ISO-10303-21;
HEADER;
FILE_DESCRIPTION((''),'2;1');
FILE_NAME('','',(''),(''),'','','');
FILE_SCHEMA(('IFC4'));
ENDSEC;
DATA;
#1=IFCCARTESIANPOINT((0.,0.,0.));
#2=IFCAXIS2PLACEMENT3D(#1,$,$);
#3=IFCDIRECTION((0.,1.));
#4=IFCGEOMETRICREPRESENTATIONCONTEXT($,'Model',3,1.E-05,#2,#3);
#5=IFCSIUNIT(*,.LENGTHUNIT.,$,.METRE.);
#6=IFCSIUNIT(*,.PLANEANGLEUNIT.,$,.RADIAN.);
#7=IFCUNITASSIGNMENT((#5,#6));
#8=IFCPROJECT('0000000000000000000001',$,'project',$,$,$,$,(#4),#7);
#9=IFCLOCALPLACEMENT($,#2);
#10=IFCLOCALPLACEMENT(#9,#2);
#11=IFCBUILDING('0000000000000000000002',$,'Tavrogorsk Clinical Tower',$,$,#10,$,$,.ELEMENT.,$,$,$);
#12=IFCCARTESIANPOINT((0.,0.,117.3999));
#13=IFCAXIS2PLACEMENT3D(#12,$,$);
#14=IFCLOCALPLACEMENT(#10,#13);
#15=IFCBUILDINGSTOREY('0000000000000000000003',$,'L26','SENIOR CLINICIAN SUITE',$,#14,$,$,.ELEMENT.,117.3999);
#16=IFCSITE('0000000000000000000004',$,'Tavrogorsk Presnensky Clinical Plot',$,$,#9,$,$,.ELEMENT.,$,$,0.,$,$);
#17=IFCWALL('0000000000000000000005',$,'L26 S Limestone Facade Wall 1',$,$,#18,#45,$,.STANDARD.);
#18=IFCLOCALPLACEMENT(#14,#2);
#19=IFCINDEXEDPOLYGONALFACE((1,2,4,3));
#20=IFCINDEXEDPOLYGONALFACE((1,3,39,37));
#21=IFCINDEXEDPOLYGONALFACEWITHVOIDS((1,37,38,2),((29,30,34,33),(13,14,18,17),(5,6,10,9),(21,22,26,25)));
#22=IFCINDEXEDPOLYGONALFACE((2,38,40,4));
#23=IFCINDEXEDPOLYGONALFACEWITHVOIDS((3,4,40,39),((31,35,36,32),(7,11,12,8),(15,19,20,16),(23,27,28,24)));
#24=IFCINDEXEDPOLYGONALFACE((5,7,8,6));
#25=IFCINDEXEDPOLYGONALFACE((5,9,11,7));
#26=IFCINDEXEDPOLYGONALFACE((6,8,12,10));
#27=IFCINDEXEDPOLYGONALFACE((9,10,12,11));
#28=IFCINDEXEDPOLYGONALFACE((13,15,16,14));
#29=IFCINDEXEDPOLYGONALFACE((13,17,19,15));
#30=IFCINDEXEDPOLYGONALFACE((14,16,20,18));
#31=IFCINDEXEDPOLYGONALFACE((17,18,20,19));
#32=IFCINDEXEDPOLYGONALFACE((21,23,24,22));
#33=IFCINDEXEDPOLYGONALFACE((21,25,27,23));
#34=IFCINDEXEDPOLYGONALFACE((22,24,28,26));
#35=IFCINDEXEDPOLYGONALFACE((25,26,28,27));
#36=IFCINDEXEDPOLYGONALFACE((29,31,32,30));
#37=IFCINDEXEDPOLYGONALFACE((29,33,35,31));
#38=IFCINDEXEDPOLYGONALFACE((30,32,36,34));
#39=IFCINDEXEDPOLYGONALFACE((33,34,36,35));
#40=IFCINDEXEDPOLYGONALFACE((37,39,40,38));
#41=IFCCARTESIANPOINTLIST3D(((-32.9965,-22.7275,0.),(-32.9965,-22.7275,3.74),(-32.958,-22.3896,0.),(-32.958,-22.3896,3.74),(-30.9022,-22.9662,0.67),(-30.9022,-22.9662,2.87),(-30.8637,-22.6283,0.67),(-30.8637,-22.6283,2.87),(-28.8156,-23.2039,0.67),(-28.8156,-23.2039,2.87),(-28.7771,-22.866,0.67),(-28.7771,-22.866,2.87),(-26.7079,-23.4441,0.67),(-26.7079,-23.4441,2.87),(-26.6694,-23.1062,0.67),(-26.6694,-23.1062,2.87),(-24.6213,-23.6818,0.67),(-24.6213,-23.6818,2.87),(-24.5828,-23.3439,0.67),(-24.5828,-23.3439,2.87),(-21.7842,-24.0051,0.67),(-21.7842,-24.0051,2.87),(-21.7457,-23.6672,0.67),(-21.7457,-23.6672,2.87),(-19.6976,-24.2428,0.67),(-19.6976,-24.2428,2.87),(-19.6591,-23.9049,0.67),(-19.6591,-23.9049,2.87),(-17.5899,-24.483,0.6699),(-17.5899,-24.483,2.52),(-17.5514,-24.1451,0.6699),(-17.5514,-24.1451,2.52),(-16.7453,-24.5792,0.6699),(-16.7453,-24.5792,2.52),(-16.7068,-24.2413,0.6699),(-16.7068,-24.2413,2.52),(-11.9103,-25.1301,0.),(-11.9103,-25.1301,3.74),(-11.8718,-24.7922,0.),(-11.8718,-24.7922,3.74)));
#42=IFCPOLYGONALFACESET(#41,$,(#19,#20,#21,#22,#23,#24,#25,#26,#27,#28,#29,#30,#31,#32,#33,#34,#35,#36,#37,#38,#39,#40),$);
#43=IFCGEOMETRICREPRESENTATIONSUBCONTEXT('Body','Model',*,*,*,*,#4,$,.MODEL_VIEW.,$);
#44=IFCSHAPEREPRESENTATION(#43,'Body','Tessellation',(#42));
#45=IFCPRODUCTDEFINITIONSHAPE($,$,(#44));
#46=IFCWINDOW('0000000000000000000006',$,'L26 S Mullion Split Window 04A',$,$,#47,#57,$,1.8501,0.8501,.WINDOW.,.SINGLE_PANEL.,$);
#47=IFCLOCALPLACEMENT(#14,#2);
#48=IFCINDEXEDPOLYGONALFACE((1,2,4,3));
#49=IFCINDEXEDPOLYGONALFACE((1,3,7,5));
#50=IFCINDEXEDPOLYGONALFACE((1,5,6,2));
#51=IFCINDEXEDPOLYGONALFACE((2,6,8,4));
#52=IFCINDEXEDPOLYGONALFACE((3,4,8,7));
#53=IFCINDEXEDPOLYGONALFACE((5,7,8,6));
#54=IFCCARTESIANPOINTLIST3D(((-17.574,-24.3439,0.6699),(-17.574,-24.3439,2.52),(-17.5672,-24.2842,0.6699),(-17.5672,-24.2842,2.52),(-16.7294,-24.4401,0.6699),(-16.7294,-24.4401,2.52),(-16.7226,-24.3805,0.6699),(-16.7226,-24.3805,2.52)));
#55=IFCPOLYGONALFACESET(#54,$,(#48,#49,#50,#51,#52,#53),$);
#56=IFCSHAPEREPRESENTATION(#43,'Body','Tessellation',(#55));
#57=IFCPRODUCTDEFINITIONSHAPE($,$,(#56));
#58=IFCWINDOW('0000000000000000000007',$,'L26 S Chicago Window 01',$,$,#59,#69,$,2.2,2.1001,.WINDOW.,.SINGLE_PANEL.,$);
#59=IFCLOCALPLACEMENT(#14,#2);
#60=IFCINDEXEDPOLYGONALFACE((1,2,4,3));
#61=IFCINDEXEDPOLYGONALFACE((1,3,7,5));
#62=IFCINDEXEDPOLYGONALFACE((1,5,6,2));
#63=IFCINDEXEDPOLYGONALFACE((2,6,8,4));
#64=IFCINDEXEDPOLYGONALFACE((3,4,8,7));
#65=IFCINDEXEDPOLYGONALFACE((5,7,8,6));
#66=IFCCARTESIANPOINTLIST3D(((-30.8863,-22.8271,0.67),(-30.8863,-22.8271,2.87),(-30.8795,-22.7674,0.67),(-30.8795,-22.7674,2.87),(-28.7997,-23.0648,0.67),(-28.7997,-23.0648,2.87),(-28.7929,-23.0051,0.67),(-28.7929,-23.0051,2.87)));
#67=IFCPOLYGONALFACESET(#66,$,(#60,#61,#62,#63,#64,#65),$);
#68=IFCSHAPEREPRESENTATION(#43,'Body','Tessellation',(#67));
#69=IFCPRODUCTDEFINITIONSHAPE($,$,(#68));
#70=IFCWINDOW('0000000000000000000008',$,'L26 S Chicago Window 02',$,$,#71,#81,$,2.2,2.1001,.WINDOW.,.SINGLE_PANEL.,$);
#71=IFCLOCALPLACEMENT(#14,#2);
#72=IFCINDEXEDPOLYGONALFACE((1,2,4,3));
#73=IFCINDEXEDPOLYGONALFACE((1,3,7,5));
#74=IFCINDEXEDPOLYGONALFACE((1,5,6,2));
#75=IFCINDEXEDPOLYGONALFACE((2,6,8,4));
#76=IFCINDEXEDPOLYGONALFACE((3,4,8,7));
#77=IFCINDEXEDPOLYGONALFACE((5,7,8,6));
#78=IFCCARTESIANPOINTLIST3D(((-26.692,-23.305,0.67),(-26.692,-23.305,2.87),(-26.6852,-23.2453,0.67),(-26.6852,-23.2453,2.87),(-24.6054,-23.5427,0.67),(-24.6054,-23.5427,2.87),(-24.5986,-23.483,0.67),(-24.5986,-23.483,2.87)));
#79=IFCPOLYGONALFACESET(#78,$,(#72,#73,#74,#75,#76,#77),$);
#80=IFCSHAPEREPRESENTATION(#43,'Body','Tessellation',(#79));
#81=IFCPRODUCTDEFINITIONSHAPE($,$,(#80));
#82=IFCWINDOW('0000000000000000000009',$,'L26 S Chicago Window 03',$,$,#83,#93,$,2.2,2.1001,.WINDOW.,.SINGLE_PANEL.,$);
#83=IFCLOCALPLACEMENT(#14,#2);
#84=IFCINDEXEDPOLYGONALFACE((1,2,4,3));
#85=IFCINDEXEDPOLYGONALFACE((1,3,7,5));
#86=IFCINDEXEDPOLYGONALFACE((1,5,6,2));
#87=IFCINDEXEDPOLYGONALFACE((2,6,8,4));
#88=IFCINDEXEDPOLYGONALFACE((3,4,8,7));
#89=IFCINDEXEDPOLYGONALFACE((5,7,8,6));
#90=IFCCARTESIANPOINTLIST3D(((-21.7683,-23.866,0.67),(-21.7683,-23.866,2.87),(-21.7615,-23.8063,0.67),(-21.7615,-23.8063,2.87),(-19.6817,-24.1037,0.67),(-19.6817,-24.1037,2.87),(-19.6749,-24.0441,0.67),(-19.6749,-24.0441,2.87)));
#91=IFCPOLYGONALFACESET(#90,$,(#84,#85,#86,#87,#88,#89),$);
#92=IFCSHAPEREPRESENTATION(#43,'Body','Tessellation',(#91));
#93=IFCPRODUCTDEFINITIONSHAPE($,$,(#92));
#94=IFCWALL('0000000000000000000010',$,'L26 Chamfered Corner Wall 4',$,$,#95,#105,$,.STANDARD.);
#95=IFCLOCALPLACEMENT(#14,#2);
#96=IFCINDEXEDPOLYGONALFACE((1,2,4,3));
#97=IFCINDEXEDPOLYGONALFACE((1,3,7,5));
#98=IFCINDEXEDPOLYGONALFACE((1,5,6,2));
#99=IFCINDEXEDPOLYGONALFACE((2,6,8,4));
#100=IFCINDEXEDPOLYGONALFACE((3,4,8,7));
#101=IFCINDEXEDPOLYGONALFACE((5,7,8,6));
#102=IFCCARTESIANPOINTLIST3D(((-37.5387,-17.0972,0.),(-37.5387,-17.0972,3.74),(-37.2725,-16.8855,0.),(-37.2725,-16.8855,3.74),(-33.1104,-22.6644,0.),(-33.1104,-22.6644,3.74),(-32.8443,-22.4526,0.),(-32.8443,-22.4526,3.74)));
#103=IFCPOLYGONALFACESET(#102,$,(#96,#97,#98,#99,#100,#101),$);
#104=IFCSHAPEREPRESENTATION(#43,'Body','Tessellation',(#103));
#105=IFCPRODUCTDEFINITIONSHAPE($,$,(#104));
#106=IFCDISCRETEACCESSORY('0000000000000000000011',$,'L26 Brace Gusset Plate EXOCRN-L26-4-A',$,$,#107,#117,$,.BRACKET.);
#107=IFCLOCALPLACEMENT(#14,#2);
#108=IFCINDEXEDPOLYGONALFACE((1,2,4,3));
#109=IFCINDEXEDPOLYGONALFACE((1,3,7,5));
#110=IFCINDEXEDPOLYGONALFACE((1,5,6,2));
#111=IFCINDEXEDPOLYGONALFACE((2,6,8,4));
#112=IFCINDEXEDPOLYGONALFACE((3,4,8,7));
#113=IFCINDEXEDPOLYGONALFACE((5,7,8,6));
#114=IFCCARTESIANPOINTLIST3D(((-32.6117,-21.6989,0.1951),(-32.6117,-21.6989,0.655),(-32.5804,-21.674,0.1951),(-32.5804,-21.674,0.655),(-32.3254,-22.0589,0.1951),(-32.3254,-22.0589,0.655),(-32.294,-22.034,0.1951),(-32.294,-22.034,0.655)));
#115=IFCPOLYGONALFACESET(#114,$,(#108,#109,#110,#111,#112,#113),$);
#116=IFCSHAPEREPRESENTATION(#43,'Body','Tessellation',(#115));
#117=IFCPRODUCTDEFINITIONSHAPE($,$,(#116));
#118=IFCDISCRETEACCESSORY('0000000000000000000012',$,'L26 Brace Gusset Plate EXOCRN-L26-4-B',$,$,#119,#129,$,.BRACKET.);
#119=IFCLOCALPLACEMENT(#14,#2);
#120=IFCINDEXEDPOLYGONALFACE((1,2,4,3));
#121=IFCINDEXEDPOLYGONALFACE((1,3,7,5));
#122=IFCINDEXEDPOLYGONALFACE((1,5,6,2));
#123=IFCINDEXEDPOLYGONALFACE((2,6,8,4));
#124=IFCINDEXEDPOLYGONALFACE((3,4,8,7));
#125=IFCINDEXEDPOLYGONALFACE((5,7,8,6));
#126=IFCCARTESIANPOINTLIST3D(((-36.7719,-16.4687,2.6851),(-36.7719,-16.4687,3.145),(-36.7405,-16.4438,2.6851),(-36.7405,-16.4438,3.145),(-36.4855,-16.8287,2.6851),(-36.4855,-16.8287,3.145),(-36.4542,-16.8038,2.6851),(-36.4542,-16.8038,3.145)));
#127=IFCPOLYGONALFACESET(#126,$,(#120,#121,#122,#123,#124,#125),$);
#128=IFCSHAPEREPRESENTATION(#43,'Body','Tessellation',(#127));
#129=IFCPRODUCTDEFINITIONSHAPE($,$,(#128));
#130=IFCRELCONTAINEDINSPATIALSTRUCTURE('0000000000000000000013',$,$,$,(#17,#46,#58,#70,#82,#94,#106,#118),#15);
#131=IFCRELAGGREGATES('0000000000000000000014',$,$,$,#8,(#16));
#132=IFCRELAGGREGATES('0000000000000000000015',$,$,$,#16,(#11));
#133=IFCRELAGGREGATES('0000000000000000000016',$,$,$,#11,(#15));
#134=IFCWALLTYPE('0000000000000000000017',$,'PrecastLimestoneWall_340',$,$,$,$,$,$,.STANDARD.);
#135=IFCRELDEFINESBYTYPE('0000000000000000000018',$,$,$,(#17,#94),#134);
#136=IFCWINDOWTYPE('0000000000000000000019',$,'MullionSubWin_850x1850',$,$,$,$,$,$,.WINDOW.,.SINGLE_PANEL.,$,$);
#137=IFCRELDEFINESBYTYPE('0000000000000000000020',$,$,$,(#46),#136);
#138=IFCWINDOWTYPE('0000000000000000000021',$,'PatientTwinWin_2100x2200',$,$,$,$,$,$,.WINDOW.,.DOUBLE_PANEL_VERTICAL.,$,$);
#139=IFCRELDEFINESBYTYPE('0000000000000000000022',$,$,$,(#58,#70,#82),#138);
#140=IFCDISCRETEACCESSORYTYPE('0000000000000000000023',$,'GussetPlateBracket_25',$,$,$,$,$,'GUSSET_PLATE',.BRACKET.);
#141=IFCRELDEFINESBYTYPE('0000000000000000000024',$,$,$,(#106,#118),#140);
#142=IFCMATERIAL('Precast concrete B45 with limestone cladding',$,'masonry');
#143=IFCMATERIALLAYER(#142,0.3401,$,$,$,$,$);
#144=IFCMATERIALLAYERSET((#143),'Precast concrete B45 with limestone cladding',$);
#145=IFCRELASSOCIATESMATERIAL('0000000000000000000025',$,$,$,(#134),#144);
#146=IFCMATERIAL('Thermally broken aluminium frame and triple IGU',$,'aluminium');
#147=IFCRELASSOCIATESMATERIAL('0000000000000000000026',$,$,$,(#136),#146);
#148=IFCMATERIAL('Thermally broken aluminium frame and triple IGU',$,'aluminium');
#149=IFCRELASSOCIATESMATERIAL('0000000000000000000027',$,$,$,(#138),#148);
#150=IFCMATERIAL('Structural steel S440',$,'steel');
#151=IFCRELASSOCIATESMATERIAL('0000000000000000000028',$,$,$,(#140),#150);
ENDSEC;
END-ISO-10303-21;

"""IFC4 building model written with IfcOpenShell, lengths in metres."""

from ifc_helpers import new_model, si_unit, direction, frame, frame_2d, origin, origin_2d, place, context, subcontext, project, spatial, rectangle, extrude, material, layer, layer_set, type_object, element, fill, save


model = new_model("IFC4")

# Units and contexts
model_context = context("Model", 3, precision=1e-05, world=origin(), true_north=direction((0.0, 1.0)))
body_context = subcontext(model_context, "Body", "Model", "MODEL_VIEW")
ifc_project = project(units=[si_unit("LENGTHUNIT", "METRE"), si_unit("PLANEANGLEUNIT", "RADIAN")], contexts=[model_context])

# Site, building, storey
site_placement = place(None, origin())
site = spatial("IfcSite", under=ifc_project, at=site_placement, Name="Tavrogorsk Presnensky Clinical Plot", CompositionType="ELEMENT", RefElevation=0.0)
building_placement = place(site_placement, origin())
building = spatial("IfcBuilding", under=site, at=building_placement, Name="Tavrogorsk Clinical Tower", CompositionType="ELEMENT")
storey_placement = place(building_placement, frame((0.0, 0.0, 117.3999)))
storey = spatial("IfcBuildingStorey", under=building, at=storey_placement, Name="L26", Description="SENIOR CLINICIAN SUITE", CompositionType="ELEMENT", Elevation=117.3999)

# Wall, openings, windows
ifc_material_1 = material(Name="Precast concrete B45 with limestone cladding", Category="masonry")
ifc_layer_1 = layer(ifc_material_1, 0.3401)
ifc_layer_set_1 = layer_set([ifc_layer_1], Name="Precast concrete B45 with limestone cladding")
wall_type_1 = type_object("IfcWallType", Name="PrecastLimestoneWall_340", PredefinedType="STANDARD", material=ifc_layer_set_1)
wall_1_placement = place(storey_placement, frame((-32.9773, -22.5586, 0.0), z_axis=(0.0, 0.0, 1.0), x_axis=(0.993571, -0.113209, 0.0)))
wall_1 = element("IfcWall", 1, at=wall_1_placement, inside=storey, type_object=wall_type_1, Name="L26 S Limestone Facade Wall 1", PredefinedType="STANDARD", context=body_context, shape_type="SweptSolid", body=[
    extrude(rectangle(XDim=21.2227, YDim=0.3401, at=frame_2d((10.6113, 0.0))), origin(), (0.0, 0.0, 1.0), 3.74),
])
opening_1_placement = place(wall_1_placement, frame((2.1079, 0.0, 0.6699)))
opening_1 = element("IfcOpeningElement", 2, at=opening_1_placement, cuts=wall_1, PredefinedType="OPENING", context=body_context, shape_type="SweptSolid", body=[
    extrude(rectangle(XDim=2.1001, YDim=2.2, at=frame_2d((1.05, 1.1001))), frame((0.0, 0.1799, 0.0), z_axis=(0.0, -1.0, 0.0), x_axis=(1.0, 0.0, 0.0)), (0.0, 0.0, 1.0), 0.3601),
])
opening_2_placement = place(wall_1_placement, frame((6.3293, 0.0, 0.6699)))
opening_2 = element("IfcOpeningElement", 3, at=opening_2_placement, cuts=wall_1, PredefinedType="OPENING", context=body_context, shape_type="SweptSolid", body=[
    extrude(rectangle(XDim=2.1001, YDim=2.2, at=frame_2d((1.05, 1.1001))), frame((0.0, 0.1799, 0.0), z_axis=(0.0, -1.0, 0.0), x_axis=(1.0, 0.0, 0.0)), (0.0, 0.0, 1.0), 0.3601),
])
opening_3_placement = place(wall_1_placement, frame((11.2849, 0.0, 0.6699)))
opening_3 = element("IfcOpeningElement", 4, at=opening_3_placement, cuts=wall_1, PredefinedType="OPENING", context=body_context, shape_type="SweptSolid", body=[
    extrude(rectangle(XDim=2.1001, YDim=2.2, at=frame_2d((1.05, 1.1001))), frame((0.0, 0.1799, 0.0), z_axis=(0.0, -1.0, 0.0), x_axis=(1.0, 0.0, 0.0)), (0.0, 0.0, 1.0), 0.3601),
])
opening_4_placement = place(wall_1_placement, frame((15.5063, 0.0, 0.6699)))
opening_4 = element("IfcOpeningElement", 5, at=opening_4_placement, cuts=wall_1, PredefinedType="OPENING", context=body_context, shape_type="SweptSolid", body=[
    extrude(rectangle(XDim=0.8501, YDim=1.8501, at=frame_2d((0.425, 0.925))), frame((0.0, 0.1799, 0.0), z_axis=(0.0, -1.0, 0.0), x_axis=(1.0, 0.0, 0.0)), (0.0, 0.0, 1.0), 0.3601),
])
ifc_material_2 = material(Name="Thermally broken aluminium frame and triple IGU", Category="aluminium")
window_type_1 = type_object("IfcWindowType", Name="MullionSubWin_850x1850", PartitioningType="SINGLE_PANEL", PredefinedType="WINDOW", material=ifc_material_2)
window_1_placement = place(opening_4_placement, origin())
window_1 = element("IfcWindow", 6, at=window_1_placement, inside=storey, type_object=window_type_1, Name="L26 S Mullion Split Window 04A", OverallHeight=1.8501, OverallWidth=0.8501, PartitioningType="SINGLE_PANEL", PredefinedType="WINDOW", context=body_context, shape_type="SweptSolid", body=[
    extrude(rectangle(XDim=0.8501, YDim=1.8501, at=frame_2d((0.425, 0.925))), frame((0.0, 0.03, 0.0), z_axis=(0.0, -1.0, 0.0), x_axis=(1.0, 0.0, 0.0)), (0.0, 0.0, 1.0), 0.0601),
])
fill(opening_4, window_1)
ifc_material_3 = material(Name="Thermally broken aluminium frame and triple IGU", Category="aluminium")
window_type_2 = type_object("IfcWindowType", Name="PatientTwinWin_2100x2200", PartitioningType="DOUBLE_PANEL_VERTICAL", PredefinedType="WINDOW", material=ifc_material_3)
window_2_placement = place(opening_1_placement, origin())
window_2 = element("IfcWindow", 7, at=window_2_placement, inside=storey, type_object=window_type_2, Name="L26 S Chicago Window 01", OverallHeight=2.2, OverallWidth=2.1001, PartitioningType="SINGLE_PANEL", PredefinedType="WINDOW", context=body_context, shape_type="SweptSolid", body=[
    extrude(rectangle(XDim=2.1001, YDim=2.2, at=frame_2d((1.05, 1.1001))), frame((0.0, 0.03, 0.0), z_axis=(0.0, -1.0, 0.0), x_axis=(1.0, 0.0, 0.0)), (0.0, 0.0, 1.0), 0.0601),
])
fill(opening_1, window_2)
window_3_placement = place(opening_2_placement, origin())
window_3 = element("IfcWindow", 8, at=window_3_placement, inside=storey, type_object=window_type_2, Name="L26 S Chicago Window 02", OverallHeight=2.2, OverallWidth=2.1001, PartitioningType="SINGLE_PANEL", PredefinedType="WINDOW", context=body_context, shape_type="SweptSolid", body=[
    extrude(rectangle(XDim=2.1001, YDim=2.2, at=frame_2d((1.05, 1.1001))), frame((0.0, 0.03, 0.0), z_axis=(0.0, -1.0, 0.0), x_axis=(1.0, 0.0, 0.0)), (0.0, 0.0, 1.0), 0.0601),
])
fill(opening_2, window_3)
window_4_placement = place(opening_3_placement, origin())
window_4 = element("IfcWindow", 9, at=window_4_placement, inside=storey, type_object=window_type_2, Name="L26 S Chicago Window 03", OverallHeight=2.2, OverallWidth=2.1001, PartitioningType="SINGLE_PANEL", PredefinedType="WINDOW", context=body_context, shape_type="SweptSolid", body=[
    extrude(rectangle(XDim=2.1001, YDim=2.2, at=frame_2d((1.05, 1.1001))), frame((0.0, 0.03, 0.0), z_axis=(0.0, -1.0, 0.0), x_axis=(1.0, 0.0, 0.0)), (0.0, 0.0, 1.0), 0.0601),
])
fill(opening_3, window_4)

# Wall
wall_2_placement = place(storey_placement, frame((-37.4055, -16.9915, 0.0), z_axis=(0.0, 0.0, 1.0), x_axis=(0.622508, -0.782614, 0.0)))
element("IfcWall", 10, at=wall_2_placement, inside=storey, type_object=wall_type_1, Name="L26 Chamfered Corner Wall 4", PredefinedType="STANDARD", context=body_context, shape_type="SweptSolid", body=[
    extrude(rectangle(XDim=7.1135, YDim=0.3401, at=frame_2d((3.5566, 0.0))), origin(), (0.0, 0.0, 1.0), 3.74),
])

# Discrete accessories
ifc_material_4 = material(Name="Structural steel S440", Category="steel")
discrete_accessory_type = type_object("IfcDiscreteAccessoryType", Name="GussetPlateBracket_25", ElementType="GUSSET_PLATE", PredefinedType="BRACKET", material=ifc_material_4)
for number, where, z_axis, x_axis, name in (
    (11, (-32.4529, -21.8665, 0.1951), (0.0, 0.0, 1.0), (-0.622515, 0.782608, 0.0), "L26 Brace Gusset Plate EXOCRN-L26-4-A"),
    (12, (-36.613, -16.6362, 2.6851), (0.0, 0.0, 1.0), (-0.622515, 0.782608, 0.0), "L26 Brace Gusset Plate EXOCRN-L26-4-B"),
):
    element("IfcDiscreteAccessory", number, at=place(storey_placement, frame(where, z_axis=z_axis, x_axis=x_axis)), inside=storey, type_object=discrete_accessory_type, Name=name, PredefinedType="BRACKET", context=body_context, shape_type="SweptSolid", body=[
        extrude(rectangle(XDim=0.46, YDim=0.04, at=origin_2d()), origin(), (0.0, 0.0, 1.0), 0.46),
    ])

save(model, "model.ifc")
